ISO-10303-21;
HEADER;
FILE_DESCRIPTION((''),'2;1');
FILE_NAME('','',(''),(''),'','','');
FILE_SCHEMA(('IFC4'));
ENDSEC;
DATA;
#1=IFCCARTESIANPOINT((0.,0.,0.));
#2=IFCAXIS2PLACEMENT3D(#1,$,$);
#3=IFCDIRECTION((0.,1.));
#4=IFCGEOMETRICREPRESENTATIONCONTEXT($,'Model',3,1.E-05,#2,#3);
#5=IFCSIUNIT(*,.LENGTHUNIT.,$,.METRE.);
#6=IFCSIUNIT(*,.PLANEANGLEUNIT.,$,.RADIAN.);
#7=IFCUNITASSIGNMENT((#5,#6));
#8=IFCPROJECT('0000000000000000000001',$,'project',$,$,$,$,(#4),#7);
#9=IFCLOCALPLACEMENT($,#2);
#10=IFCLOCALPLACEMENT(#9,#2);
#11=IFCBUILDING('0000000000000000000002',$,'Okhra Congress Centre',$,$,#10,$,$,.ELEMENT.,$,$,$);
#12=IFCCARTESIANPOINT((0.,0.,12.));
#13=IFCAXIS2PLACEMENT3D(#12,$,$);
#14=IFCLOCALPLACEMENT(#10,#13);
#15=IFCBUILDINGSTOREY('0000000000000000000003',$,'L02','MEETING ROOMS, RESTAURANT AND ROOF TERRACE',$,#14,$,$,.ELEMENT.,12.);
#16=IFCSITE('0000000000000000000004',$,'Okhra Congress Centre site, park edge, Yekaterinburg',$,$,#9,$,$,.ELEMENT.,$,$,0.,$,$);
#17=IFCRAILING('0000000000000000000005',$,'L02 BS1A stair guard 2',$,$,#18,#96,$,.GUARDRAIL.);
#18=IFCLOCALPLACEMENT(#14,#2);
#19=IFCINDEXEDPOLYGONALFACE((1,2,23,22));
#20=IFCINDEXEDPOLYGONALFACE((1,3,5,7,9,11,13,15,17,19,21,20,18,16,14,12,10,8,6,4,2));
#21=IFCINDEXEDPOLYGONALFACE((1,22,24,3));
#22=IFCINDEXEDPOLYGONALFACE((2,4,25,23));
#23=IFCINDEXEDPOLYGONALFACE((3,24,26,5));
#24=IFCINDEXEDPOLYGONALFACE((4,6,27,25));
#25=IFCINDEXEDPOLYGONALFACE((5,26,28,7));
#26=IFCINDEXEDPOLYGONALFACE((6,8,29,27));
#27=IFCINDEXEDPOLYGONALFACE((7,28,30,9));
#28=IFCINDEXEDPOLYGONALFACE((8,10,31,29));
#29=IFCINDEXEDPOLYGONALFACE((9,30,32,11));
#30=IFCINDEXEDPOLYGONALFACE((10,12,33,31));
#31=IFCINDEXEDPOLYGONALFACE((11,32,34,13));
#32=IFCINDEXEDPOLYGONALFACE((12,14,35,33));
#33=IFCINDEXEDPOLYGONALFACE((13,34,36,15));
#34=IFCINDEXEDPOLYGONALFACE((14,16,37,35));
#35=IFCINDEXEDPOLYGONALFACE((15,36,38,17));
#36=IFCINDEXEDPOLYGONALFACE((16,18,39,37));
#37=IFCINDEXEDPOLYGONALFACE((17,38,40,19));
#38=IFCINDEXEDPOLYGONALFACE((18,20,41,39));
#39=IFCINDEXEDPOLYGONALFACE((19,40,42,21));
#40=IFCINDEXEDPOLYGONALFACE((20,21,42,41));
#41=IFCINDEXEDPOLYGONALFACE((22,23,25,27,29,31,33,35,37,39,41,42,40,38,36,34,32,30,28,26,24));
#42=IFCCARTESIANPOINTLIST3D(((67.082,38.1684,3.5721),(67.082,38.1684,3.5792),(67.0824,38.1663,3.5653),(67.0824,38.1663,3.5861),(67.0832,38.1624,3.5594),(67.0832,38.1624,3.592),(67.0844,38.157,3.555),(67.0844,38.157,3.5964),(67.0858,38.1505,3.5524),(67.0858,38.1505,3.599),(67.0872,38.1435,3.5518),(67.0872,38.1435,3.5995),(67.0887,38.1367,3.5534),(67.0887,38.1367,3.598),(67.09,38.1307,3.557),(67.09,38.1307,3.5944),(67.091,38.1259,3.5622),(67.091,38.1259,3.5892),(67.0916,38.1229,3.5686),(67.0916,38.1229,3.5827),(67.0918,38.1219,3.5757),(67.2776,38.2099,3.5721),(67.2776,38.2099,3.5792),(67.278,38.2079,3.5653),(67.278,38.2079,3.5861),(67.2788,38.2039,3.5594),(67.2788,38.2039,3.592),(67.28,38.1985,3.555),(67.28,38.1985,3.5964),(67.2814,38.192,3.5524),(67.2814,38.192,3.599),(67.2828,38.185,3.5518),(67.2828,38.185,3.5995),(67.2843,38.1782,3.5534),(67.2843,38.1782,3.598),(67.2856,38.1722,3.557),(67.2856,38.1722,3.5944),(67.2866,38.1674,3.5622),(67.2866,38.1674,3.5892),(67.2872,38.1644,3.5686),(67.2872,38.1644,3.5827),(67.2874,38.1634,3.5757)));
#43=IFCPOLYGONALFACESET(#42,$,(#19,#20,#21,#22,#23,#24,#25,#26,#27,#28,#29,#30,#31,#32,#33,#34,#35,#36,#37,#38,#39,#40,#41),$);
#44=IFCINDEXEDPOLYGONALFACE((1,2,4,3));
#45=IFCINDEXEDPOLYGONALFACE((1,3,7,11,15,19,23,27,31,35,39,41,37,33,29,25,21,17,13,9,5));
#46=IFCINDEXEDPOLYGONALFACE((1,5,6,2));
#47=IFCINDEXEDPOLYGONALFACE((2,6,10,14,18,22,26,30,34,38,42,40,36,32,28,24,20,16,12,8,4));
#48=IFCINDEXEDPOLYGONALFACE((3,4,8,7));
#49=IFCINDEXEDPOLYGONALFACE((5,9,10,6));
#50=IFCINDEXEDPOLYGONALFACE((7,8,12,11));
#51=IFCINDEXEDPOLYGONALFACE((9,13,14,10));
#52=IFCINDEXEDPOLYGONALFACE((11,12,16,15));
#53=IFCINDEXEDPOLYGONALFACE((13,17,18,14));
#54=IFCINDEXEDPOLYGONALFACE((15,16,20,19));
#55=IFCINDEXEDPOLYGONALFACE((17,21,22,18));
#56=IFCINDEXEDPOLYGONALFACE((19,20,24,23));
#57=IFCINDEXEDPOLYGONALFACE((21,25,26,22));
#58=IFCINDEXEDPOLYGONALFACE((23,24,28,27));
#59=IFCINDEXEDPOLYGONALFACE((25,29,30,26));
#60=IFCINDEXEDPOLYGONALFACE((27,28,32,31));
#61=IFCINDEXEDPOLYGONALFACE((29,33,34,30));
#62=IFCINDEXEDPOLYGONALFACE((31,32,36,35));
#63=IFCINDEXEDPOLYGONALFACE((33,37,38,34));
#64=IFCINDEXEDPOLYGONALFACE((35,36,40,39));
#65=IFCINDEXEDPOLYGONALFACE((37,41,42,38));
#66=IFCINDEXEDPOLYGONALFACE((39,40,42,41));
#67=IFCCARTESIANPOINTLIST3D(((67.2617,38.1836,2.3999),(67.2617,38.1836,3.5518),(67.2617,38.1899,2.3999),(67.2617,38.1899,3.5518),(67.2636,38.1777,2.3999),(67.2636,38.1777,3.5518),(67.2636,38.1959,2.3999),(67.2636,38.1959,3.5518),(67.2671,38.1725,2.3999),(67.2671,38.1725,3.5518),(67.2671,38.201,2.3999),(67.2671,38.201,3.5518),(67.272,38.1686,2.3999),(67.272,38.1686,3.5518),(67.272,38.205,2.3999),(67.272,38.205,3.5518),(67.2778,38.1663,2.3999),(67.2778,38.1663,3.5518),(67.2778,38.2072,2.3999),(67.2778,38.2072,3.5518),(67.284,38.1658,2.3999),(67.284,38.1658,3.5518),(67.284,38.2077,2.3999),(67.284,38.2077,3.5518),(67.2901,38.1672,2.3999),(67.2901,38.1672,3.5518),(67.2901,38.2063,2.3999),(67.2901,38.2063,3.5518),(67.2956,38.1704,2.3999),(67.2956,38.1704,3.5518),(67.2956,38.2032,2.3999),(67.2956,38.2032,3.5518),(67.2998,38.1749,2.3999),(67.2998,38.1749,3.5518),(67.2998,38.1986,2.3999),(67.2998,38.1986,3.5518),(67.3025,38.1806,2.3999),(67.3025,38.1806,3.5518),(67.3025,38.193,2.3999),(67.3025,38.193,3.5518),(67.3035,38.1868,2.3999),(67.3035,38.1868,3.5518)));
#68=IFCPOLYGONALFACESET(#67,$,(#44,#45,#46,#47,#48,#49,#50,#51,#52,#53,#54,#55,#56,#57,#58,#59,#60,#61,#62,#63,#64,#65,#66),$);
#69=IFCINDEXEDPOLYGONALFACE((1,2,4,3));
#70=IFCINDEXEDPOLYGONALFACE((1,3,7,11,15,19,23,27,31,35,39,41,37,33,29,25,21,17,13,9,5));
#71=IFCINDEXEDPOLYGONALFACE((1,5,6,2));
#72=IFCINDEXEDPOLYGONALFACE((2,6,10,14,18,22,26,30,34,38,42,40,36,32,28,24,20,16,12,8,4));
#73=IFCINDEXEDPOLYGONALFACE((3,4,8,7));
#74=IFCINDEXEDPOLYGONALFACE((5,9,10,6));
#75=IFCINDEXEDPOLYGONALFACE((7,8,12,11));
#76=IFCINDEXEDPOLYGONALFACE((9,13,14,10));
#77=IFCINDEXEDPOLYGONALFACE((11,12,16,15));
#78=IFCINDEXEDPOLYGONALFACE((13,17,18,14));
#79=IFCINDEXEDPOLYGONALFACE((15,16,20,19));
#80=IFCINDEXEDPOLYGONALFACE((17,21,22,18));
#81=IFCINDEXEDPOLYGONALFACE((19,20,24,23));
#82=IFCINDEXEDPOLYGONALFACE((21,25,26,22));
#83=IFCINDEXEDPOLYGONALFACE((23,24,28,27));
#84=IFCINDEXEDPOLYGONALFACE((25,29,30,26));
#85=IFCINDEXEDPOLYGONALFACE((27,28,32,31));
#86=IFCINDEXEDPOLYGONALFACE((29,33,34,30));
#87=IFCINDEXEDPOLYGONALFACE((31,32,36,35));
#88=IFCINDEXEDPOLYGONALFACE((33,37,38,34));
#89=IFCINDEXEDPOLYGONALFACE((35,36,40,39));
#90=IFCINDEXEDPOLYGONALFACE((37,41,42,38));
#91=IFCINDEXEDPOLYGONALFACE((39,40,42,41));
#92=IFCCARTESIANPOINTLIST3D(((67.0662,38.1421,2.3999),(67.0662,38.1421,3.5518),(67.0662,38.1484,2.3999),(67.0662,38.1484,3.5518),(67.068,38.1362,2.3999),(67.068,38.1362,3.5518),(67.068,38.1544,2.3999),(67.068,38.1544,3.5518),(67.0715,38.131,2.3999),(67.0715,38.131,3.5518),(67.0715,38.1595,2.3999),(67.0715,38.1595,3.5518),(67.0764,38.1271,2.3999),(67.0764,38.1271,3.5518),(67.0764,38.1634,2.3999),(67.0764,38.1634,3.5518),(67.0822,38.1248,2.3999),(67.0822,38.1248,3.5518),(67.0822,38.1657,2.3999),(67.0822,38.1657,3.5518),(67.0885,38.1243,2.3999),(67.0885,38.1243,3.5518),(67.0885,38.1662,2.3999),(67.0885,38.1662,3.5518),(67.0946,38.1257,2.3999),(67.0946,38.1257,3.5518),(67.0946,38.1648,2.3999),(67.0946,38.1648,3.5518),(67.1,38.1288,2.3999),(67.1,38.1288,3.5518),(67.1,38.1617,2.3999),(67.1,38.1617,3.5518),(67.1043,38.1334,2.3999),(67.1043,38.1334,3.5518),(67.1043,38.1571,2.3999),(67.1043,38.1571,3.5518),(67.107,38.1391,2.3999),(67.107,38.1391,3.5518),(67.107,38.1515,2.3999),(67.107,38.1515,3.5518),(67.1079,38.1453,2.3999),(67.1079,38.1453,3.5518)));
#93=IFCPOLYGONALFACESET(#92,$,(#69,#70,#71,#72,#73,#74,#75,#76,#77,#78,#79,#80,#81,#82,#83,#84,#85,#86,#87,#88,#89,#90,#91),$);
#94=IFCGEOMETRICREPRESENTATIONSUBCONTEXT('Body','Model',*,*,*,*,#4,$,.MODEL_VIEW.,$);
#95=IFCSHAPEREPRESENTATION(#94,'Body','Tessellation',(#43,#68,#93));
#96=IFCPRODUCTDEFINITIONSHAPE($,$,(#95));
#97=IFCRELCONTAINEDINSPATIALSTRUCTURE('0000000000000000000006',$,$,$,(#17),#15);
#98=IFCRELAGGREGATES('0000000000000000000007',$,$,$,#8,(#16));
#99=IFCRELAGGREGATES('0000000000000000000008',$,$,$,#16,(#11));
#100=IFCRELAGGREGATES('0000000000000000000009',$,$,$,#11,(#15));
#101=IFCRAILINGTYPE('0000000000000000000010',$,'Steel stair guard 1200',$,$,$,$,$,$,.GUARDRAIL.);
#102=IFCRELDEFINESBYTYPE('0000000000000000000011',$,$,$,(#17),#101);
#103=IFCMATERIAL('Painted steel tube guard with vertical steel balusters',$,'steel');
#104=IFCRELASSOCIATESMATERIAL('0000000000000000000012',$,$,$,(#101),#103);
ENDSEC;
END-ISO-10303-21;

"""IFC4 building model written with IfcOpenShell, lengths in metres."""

from ifc_helpers import new_model, si_unit, direction, frame, origin, origin_2d, place, context, subcontext, project, spatial, circle, extrude, material, type_object, element, save


model = new_model("IFC4")

# Units and contexts
model_context = context("Model", 3, precision=1e-05, world=origin(), true_north=direction((0.0, 1.0)))
body_context = subcontext(model_context, "Body", "Model", "MODEL_VIEW")
ifc_project = project(units=[si_unit("LENGTHUNIT", "METRE"), si_unit("PLANEANGLEUNIT", "RADIAN")], contexts=[model_context])

# Site, building, storey
site_placement = place(None, origin())
site = spatial("IfcSite", under=ifc_project, at=site_placement, Name="Okhra Congress Centre site, park edge, Yekaterinburg", CompositionType="ELEMENT", RefElevation=0.0)
building_placement = place(site_placement, origin())
building = spatial("IfcBuilding", under=site, at=building_placement, Name="Okhra Congress Centre", CompositionType="ELEMENT")
storey_placement = place(building_placement, frame((0.0, 0.0, 12.0)))
storey = spatial("IfcBuildingStorey", under=building, at=storey_placement, Name="L02", Description="MEETING ROOMS, RESTAURANT AND ROOF TERRACE", CompositionType="ELEMENT", Elevation=12.0)

# Railing
ifc_material_1 = material(Name="Painted steel tube guard with vertical steel balusters", Category="steel")
railing_type_1 = type_object("IfcRailingType", Name="Steel stair guard 1200", PredefinedType="GUARDRAIL", material=ifc_material_1)
railing_1_placement = place(storey_placement, frame((67.2825, 38.1868, 2.3999)))
element("IfcRailing", 1, at=railing_1_placement, inside=storey, type_object=railing_type_1, Name="L02 BS1A stair guard 2", PredefinedType="GUARDRAIL", context=body_context, shape_type="SweptSolid", body=[
    extrude(circle(Radius=0.0239, at=origin_2d()), frame((0.0, 0.0, 1.1758), z_axis=(-0.978212, -0.20761, 0.0), x_axis=(0.20761, -0.978212, 0.0)), (0.0, 0.0, 1.0), 0.2),
    extrude(circle(Radius=0.021, at=origin_2d()), origin(), (0.0, 0.0, 1.0), 1.1519),
    extrude(circle(Radius=0.021, at=origin_2d()), frame((-0.1956, -0.0415, 0.0)), (0.0, 0.0, 1.0), 1.1519),
])

save(model, "model.ifc")
